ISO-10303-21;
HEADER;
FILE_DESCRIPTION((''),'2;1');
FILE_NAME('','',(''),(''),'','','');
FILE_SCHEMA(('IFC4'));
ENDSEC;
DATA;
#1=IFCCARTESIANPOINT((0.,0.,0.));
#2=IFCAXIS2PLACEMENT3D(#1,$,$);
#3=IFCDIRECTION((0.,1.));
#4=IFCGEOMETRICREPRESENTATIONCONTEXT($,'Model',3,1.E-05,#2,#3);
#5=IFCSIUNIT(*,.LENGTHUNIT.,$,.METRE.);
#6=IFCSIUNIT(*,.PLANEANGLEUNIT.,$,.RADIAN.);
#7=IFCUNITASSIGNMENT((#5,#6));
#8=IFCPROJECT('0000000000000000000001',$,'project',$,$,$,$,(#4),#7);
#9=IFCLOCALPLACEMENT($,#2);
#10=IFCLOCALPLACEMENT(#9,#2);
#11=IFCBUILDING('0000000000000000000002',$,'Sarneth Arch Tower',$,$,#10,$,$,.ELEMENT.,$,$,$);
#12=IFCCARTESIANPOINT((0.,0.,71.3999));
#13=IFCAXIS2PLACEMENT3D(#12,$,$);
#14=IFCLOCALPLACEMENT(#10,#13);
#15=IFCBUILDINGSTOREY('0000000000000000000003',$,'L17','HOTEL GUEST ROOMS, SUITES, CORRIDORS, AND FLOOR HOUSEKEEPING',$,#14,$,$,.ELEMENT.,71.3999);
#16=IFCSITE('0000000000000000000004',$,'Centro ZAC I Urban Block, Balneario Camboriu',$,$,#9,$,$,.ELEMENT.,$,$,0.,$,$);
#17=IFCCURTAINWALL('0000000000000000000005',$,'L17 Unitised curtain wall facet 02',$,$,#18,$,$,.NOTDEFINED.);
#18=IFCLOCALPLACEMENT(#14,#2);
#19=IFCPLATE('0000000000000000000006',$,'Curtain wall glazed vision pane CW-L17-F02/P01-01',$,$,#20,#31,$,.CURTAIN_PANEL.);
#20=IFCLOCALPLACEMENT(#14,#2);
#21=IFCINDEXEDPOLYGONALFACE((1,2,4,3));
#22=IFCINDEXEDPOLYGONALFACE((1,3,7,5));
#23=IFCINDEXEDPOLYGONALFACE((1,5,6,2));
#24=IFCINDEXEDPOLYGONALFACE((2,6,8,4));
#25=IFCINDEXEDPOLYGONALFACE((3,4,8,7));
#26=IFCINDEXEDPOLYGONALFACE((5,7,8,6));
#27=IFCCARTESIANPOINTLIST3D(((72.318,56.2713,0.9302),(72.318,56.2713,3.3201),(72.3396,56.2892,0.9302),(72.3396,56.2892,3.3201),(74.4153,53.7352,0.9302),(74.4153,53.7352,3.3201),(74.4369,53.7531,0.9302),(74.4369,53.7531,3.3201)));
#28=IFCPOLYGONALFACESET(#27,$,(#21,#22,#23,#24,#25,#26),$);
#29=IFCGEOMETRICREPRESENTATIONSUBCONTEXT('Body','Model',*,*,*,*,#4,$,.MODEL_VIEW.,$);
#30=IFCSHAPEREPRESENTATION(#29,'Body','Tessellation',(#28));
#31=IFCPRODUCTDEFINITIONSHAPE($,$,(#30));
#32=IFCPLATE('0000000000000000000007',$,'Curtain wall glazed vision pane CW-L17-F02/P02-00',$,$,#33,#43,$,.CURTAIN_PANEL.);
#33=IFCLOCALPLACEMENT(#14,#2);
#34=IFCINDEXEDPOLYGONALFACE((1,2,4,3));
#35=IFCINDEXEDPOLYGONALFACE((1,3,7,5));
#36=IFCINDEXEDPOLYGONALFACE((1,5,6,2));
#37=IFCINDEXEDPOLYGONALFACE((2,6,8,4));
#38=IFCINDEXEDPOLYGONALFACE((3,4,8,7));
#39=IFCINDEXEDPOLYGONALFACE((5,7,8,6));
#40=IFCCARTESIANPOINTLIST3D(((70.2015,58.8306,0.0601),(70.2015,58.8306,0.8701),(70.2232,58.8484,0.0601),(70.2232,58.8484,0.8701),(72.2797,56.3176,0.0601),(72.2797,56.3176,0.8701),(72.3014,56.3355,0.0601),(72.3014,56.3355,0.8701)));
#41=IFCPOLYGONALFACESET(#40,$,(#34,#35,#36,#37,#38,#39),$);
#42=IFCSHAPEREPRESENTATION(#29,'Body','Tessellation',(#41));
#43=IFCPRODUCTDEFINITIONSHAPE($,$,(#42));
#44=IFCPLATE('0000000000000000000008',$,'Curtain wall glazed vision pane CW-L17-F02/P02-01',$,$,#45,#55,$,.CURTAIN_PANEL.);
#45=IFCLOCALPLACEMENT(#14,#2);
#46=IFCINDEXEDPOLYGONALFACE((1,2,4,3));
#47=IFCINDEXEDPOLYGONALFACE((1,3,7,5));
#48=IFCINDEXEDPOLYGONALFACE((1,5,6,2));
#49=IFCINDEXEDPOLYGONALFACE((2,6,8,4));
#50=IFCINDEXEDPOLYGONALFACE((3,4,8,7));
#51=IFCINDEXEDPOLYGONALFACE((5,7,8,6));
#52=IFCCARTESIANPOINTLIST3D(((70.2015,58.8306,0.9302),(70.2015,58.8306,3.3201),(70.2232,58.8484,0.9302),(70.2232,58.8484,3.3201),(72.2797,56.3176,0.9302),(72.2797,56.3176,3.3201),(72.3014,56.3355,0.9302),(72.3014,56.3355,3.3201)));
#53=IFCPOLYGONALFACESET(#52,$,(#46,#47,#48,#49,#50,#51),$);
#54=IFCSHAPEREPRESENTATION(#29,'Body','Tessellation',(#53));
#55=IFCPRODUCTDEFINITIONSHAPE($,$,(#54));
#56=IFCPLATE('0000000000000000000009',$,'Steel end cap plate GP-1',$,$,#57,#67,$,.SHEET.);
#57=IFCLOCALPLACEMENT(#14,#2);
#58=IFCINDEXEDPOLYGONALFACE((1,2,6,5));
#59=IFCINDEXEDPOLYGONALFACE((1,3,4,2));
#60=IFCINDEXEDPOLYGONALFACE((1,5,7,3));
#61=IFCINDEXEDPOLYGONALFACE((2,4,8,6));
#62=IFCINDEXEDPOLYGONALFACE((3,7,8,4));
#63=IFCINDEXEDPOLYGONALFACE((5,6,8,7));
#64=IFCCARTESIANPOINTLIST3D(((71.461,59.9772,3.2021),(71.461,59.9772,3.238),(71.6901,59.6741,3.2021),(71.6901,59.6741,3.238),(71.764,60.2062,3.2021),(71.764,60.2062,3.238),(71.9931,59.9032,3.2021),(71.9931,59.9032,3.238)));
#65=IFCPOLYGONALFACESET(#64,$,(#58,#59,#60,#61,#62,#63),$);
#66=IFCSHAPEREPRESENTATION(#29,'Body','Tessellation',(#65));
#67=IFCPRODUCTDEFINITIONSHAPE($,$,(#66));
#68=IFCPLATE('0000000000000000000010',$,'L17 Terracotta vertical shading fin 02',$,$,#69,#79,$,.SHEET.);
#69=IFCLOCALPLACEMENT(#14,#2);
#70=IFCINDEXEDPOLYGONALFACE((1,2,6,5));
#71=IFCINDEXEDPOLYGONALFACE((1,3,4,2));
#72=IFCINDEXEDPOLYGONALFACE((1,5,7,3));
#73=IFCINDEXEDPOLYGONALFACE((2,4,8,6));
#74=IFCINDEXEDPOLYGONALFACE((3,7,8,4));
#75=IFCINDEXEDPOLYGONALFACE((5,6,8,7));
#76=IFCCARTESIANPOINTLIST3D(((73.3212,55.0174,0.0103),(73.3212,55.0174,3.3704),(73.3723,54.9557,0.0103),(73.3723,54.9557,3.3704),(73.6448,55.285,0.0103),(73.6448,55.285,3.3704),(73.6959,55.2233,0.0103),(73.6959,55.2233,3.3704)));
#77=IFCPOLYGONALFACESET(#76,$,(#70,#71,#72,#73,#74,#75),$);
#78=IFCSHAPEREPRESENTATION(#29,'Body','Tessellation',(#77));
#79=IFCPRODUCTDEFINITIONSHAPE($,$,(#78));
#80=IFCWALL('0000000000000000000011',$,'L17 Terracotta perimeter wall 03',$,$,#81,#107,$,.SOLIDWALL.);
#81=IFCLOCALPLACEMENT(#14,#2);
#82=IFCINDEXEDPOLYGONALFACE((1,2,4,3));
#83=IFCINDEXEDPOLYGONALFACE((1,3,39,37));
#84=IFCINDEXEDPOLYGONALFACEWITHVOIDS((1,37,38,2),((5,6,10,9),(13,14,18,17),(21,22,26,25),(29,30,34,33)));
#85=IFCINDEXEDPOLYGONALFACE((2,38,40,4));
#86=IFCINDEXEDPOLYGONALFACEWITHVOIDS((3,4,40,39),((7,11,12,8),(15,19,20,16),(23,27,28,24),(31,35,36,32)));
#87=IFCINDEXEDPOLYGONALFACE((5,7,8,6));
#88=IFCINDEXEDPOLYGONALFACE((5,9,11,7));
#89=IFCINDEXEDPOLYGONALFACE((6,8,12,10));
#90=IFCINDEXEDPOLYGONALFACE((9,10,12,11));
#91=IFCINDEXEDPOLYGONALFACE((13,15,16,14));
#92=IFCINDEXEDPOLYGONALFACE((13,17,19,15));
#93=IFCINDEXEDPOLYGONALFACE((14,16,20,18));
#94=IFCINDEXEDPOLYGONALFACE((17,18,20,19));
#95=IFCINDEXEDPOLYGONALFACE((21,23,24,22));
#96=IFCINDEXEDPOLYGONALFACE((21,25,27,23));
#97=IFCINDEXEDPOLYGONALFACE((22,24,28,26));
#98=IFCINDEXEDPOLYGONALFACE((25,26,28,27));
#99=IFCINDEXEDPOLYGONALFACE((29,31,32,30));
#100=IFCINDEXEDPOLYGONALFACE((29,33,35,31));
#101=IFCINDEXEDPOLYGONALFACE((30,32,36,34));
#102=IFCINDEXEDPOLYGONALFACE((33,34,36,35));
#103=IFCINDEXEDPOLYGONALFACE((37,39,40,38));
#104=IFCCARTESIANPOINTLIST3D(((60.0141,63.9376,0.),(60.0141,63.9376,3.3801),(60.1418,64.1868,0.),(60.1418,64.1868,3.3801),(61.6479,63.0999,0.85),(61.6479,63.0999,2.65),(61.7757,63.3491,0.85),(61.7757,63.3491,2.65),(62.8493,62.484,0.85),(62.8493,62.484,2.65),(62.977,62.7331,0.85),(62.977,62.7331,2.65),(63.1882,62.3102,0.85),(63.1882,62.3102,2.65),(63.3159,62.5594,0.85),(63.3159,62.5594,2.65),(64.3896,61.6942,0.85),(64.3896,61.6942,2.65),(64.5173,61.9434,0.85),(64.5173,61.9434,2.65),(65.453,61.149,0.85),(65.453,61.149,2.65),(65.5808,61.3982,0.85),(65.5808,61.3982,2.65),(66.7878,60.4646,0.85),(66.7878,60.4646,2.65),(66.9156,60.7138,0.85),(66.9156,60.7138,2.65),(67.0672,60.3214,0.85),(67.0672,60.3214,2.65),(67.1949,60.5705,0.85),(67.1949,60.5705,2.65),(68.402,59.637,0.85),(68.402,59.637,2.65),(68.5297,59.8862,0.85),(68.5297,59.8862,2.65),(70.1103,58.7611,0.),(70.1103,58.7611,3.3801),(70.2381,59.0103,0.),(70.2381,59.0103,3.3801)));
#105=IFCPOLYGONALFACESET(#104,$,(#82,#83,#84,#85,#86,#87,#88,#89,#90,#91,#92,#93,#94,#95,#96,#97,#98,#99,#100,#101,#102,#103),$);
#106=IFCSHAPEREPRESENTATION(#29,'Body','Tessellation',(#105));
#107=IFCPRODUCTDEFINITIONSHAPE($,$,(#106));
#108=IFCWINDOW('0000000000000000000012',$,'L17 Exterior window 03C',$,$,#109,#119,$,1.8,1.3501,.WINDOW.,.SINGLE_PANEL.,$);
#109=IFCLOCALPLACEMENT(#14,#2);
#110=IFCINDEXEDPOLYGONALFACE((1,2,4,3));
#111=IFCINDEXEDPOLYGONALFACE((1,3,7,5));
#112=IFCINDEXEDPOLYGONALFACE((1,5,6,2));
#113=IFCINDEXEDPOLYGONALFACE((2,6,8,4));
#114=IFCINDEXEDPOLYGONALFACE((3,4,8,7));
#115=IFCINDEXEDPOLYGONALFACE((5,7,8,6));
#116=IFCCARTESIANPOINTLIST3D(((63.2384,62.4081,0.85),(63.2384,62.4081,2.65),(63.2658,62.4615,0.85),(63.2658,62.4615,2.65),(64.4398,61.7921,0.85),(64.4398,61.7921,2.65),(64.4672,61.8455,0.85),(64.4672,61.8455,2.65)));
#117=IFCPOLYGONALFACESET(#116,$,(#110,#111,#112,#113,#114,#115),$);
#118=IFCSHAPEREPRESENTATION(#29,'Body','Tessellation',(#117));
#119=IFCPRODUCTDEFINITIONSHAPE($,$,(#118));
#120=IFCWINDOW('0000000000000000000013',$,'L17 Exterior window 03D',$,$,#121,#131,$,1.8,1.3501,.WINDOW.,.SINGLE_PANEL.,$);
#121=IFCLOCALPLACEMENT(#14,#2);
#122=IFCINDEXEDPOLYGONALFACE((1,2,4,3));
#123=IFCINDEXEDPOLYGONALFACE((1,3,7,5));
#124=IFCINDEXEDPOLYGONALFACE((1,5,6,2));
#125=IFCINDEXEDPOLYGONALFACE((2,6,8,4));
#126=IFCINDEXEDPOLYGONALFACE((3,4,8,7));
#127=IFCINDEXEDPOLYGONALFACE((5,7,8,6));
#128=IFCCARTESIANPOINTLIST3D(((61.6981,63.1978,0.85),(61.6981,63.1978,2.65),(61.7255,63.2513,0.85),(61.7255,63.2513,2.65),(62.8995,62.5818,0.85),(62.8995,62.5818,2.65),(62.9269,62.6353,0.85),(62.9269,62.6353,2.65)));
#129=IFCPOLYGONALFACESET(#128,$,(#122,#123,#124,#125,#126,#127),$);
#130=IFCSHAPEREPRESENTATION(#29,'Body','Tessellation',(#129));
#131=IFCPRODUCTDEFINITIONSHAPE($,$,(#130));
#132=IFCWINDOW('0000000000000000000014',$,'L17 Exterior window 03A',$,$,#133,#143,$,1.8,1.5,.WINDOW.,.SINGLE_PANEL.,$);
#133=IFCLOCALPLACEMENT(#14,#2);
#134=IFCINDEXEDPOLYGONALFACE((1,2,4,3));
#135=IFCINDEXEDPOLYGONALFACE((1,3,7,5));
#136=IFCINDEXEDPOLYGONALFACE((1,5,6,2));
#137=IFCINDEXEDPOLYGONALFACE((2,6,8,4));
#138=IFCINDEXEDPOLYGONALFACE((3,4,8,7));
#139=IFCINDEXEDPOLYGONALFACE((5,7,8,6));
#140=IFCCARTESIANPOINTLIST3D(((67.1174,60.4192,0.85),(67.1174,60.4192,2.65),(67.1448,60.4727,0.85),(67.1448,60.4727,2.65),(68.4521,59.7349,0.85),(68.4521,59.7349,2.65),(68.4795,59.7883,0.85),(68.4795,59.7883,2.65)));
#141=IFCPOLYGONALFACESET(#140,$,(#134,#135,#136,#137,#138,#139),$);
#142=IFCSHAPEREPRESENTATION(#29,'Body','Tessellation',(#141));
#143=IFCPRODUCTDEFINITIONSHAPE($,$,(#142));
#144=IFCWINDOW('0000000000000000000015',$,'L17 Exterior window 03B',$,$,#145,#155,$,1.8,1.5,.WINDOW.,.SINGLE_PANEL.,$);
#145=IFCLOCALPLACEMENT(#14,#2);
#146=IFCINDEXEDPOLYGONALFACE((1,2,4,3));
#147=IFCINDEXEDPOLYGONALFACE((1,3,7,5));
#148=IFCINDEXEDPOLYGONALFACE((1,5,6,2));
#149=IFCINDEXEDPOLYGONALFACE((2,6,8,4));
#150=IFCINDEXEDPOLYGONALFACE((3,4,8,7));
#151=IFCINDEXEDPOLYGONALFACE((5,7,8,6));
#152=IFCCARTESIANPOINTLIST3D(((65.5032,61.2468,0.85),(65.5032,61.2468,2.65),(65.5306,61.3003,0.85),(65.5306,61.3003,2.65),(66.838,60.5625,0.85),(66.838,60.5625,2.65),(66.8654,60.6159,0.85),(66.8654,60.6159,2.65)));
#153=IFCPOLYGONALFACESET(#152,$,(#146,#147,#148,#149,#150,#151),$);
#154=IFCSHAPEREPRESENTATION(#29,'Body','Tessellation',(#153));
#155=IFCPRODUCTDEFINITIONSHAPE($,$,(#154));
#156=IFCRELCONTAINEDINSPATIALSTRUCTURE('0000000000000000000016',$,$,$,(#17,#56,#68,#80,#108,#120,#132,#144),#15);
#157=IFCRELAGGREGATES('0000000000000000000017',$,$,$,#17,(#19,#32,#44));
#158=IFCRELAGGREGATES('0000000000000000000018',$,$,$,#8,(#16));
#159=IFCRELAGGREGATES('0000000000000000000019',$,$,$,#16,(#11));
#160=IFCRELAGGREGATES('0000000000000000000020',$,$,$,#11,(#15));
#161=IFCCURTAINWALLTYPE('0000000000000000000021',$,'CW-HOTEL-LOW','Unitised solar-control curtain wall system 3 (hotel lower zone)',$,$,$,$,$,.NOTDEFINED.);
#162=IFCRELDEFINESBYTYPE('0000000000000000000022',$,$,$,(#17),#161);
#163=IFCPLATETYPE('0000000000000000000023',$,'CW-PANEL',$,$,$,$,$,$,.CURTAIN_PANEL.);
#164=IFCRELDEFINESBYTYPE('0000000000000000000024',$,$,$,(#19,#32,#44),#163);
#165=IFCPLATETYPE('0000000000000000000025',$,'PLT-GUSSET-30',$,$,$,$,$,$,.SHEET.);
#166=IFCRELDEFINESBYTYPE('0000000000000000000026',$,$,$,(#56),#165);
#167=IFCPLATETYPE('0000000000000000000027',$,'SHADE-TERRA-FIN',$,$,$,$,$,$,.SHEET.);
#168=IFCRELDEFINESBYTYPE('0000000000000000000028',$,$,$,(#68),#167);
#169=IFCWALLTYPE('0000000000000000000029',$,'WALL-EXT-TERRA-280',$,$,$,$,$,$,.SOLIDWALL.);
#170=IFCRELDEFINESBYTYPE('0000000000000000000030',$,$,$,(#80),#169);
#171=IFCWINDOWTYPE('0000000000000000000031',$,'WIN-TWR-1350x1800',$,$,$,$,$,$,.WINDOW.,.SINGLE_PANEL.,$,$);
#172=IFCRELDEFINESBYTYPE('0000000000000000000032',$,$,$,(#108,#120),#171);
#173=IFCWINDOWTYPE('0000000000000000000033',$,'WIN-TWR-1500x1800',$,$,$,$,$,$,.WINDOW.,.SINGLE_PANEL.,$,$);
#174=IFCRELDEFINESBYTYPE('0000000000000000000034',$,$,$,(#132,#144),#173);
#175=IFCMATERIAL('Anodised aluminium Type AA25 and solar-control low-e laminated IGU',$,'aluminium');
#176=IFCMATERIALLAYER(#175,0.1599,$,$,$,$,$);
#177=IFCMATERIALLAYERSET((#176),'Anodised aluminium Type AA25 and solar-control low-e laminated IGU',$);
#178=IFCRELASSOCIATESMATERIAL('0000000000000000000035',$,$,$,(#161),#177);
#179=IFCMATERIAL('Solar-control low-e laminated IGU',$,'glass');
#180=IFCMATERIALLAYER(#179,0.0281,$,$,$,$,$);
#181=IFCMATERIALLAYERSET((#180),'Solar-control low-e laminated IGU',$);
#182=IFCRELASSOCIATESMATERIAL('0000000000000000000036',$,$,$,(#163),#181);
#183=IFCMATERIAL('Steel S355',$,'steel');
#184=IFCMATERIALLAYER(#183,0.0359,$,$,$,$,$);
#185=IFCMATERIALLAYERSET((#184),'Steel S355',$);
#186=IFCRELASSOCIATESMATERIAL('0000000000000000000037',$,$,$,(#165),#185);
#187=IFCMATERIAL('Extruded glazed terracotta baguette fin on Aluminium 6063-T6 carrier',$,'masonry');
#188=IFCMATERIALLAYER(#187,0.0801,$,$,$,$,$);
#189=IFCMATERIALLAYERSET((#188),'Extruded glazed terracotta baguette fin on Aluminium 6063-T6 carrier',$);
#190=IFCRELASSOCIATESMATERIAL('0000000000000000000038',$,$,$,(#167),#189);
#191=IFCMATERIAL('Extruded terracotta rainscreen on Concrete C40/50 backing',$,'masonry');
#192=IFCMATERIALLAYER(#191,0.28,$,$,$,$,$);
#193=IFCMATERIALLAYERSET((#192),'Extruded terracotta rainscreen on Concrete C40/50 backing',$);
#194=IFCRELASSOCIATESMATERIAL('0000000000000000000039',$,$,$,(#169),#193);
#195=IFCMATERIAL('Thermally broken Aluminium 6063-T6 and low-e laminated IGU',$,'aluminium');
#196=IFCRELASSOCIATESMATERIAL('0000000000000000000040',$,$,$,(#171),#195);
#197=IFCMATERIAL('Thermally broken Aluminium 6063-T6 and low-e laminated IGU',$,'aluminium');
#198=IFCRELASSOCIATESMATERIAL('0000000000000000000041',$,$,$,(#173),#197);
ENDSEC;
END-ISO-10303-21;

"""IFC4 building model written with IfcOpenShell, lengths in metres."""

from ifc_helpers import new_model, si_unit, direction, frame, frame_2d, origin, origin_2d, place, context, subcontext, project, spatial, rectangle, extrude, material, layer, layer_set, type_object, element, fill, aggregate, save


model = new_model("IFC4")

# Units and contexts
model_context = context("Model", 3, precision=1e-05, world=origin(), true_north=direction((0.0, 1.0)))
body_context = subcontext(model_context, "Body", "Model", "MODEL_VIEW")
ifc_project = project(units=[si_unit("LENGTHUNIT", "METRE"), si_unit("PLANEANGLEUNIT", "RADIAN")], contexts=[model_context])

# Site, building, storey
site_placement = place(None, origin())
site = spatial("IfcSite", under=ifc_project, at=site_placement, Name="Centro ZAC I Urban Block, Balneario Camboriu", CompositionType="ELEMENT", RefElevation=0.0)
building_placement = place(site_placement, origin())
building = spatial("IfcBuilding", under=site, at=building_placement, Name="Sarneth Arch Tower", CompositionType="ELEMENT")
storey_placement = place(building_placement, frame((0.0, 0.0, 71.3999)))
storey = spatial("IfcBuildingStorey", under=building, at=storey_placement, Name="L17", Description="HOTEL GUEST ROOMS, SUITES, CORRIDORS, AND FLOOR HOUSEKEEPING", CompositionType="ELEMENT", Elevation=71.3999)

# Curtain wall
ifc_material_1 = material(Name="Anodised aluminium Type AA25 and solar-control low-e laminated IGU", Category="aluminium")
ifc_layer_1 = layer(ifc_material_1, 0.1599)
ifc_layer_set_1 = layer_set([ifc_layer_1], Name="Anodised aluminium Type AA25 and solar-control low-e laminated IGU")
curtain_wall_type = type_object("IfcCurtainWallType", Name="CW-HOTEL-LOW", Description="Unitised solar-control curtain wall system 3 (hotel lower zone)", PredefinedType="NOTDEFINED", material=ifc_layer_set_1)
curtain_wall_placement = place(storey_placement, origin())
curtain_wall = element("IfcCurtainWall", 1, at=curtain_wall_placement, inside=storey, type_object=curtain_wall_type, Name="L17 Unitised curtain wall facet 02", PredefinedType="NOTDEFINED")

# Plates
ifc_material_2 = material(Name="Solar-control low-e laminated IGU", Category="glass")
ifc_layer_2 = layer(ifc_material_2, 0.0281)
ifc_layer_set_2 = layer_set([ifc_layer_2], Name="Solar-control low-e laminated IGU")
plate_type_1 = type_object("IfcPlateType", Name="CW-PANEL", PredefinedType="CURTAIN_PANEL", material=ifc_layer_set_2)
plate_1_placement = place(storey_placement, frame((73.3774, 55.0122, 0.9302), z_axis=(0.0, 0.0, 1.0), x_axis=(-0.637291, 0.770623, 0.0)))
plate_1 = element("IfcPlate", 2, at=plate_1_placement, type_object=plate_type_1, Name="Curtain wall glazed vision pane CW-L17-F02/P01-01", PredefinedType="CURTAIN_PANEL", context=body_context, shape_type="SweptSolid", body=[
    extrude(rectangle(XDim=3.291, YDim=0.0281, at=origin_2d()), origin(), (0.0, 0.0, 1.0), 2.3899),
])
plate_2_placement = place(storey_placement, frame((71.2515, 57.583, 0.0601), z_axis=(0.0, 0.0, 1.0), x_axis=(-0.637291, 0.770623, 0.0)))
plate_2 = element("IfcPlate", 3, at=plate_2_placement, type_object=plate_type_1, Name="Curtain wall glazed vision pane CW-L17-F02/P02-00", PredefinedType="CURTAIN_PANEL", context=body_context, shape_type="SweptSolid", body=[
    extrude(rectangle(XDim=3.261, YDim=0.0281, at=origin_2d()), origin(), (0.0, 0.0, 1.0), 0.8101),
])
plate_3_placement = place(storey_placement, frame((71.2515, 57.583, 0.9302), z_axis=(0.0, 0.0, 1.0), x_axis=(-0.637291, 0.770623, 0.0)))
plate_3 = element("IfcPlate", 4, at=plate_3_placement, type_object=plate_type_1, Name="Curtain wall glazed vision pane CW-L17-F02/P02-01", PredefinedType="CURTAIN_PANEL", context=body_context, shape_type="SweptSolid", body=[
    extrude(rectangle(XDim=3.261, YDim=0.0281, at=origin_2d()), origin(), (0.0, 0.0, 1.0), 2.3899),
])
aggregate(curtain_wall, [plate_1, plate_2, plate_3])

# Plates
ifc_material_3 = material(Name="Steel S355", Category="steel")
ifc_layer_3 = layer(ifc_material_3, 0.0359)
ifc_layer_set_3 = layer_set([ifc_layer_3], Name="Steel S355")
plate_type_2 = type_object("IfcPlateType", Name="PLT-GUSSET-30", PredefinedType="SHEET", material=ifc_layer_set_3)
plate_4_placement = place(storey_placement, frame((71.7271, 59.9402, 3.2021), z_axis=(0.0, 0.0, 1.0), x_axis=(0.797689, 0.603069, 0.0)))
element("IfcPlate", 5, at=plate_4_placement, inside=storey, type_object=plate_type_2, Name="Steel end cap plate GP-1", PredefinedType="SHEET", context=body_context, shape_type="SweptSolid", body=[
    extrude(rectangle(XDim=0.3799, YDim=0.3799, at=origin_2d()), origin(), (0.0, 0.0, 1.0), 0.0359),
])
ifc_material_4 = material(Name="Extruded glazed terracotta baguette fin on Aluminium 6063-T6 carrier", Category="masonry")
ifc_layer_4 = layer(ifc_material_4, 0.0801)
ifc_layer_set_4 = layer_set([ifc_layer_4], Name="Extruded glazed terracotta baguette fin on Aluminium 6063-T6 carrier")
plate_type_3 = type_object("IfcPlateType", Name="SHADE-TERRA-FIN", PredefinedType="SHEET", material=ifc_layer_set_4)
plate_5_placement = place(storey_placement, frame((73.5085, 55.1204, 0.0103), z_axis=(0.0, 0.0, 1.0), x_axis=(0.770624, 0.63729, 0.0)))
element("IfcPlate", 6, at=plate_5_placement, inside=storey, type_object=plate_type_3, Name="L17 Terracotta vertical shading fin 02", PredefinedType="SHEET", context=body_context, shape_type="SweptSolid", body=[
    extrude(rectangle(XDim=0.4199, YDim=0.0801, at=origin_2d()), origin(), (0.0, 0.0, 1.0), 3.3601),
])

# Wall, openings, windows
ifc_material_5 = material(Name="Extruded terracotta rainscreen on Concrete C40/50 backing", Category="masonry")
ifc_layer_5 = layer(ifc_material_5, 0.28)
ifc_layer_set_5 = layer_set([ifc_layer_5], Name="Extruded terracotta rainscreen on Concrete C40/50 backing")
wall_type = type_object("IfcWallType", Name="WALL-EXT-TERRA-280", PredefinedType="SOLIDWALL", material=ifc_layer_set_5)
wall_placement = place(storey_placement, frame((70.1741, 58.8857, 0.0), z_axis=(0.0, 0.0, 1.0), x_axis=(-0.889854, 0.456245, 0.0)))
wall = element("IfcWall", 7, at=wall_placement, inside=storey, type_object=wall_type, Name="L17 Terracotta perimeter wall 03", PredefinedType="SOLIDWALL", context=body_context, shape_type="SweptSolid", body=[
    extrude(rectangle(XDim=11.3459, YDim=0.28, at=frame_2d((5.6729, 0.0))), origin(), (0.0, 0.0, 1.0), 3.3801),
])
opening_1_placement = place(wall_placement, frame((1.9197, 0.0, 0.8501)))
opening_1 = element("IfcOpeningElement", 8, at=opening_1_placement, cuts=wall, PredefinedType="OPENING", context=body_context, shape_type="SweptSolid", body=[
    extrude(rectangle(XDim=1.5, YDim=1.8, at=frame_2d((0.75, 0.8999))), frame((0.0, 0.1499, 0.0), z_axis=(0.0, -1.0, 0.0), x_axis=(1.0, 0.0, 0.0)), (0.0, 0.0, 1.0), 0.3),
])
opening_2_placement = place(wall_placement, frame((3.7336, 0.0, 0.8501)))
opening_2 = element("IfcOpeningElement", 9, at=opening_2_placement, cuts=wall, PredefinedType="OPENING", context=body_context, shape_type="SweptSolid", body=[
    extrude(rectangle(XDim=1.5, YDim=1.8, at=frame_2d((0.75, 0.8999))), frame((0.0, 0.1499, 0.0), z_axis=(0.0, -1.0, 0.0), x_axis=(1.0, 0.0, 0.0)), (0.0, 0.0, 1.0), 0.3),
])
opening_3_placement = place(wall_placement, frame((6.4287, 0.0, 0.8501)))
opening_3 = element("IfcOpeningElement", 10, at=opening_3_placement, cuts=wall, PredefinedType="OPENING", context=body_context, shape_type="SweptSolid", body=[
    extrude(rectangle(XDim=1.3501, YDim=1.8, at=frame_2d((0.675, 0.8999))), frame((0.0, 0.1499, 0.0), z_axis=(0.0, -1.0, 0.0), x_axis=(1.0, 0.0, 0.0)), (0.0, 0.0, 1.0), 0.3),
])
opening_4_placement = place(wall_placement, frame((8.1597, 0.0, 0.8501)))
opening_4 = element("IfcOpeningElement", 11, at=opening_4_placement, cuts=wall, PredefinedType="OPENING", context=body_context, shape_type="SweptSolid", body=[
    extrude(rectangle(XDim=1.3501, YDim=1.8, at=frame_2d((0.675, 0.8999))), frame((0.0, 0.1499, 0.0), z_axis=(0.0, -1.0, 0.0), x_axis=(1.0, 0.0, 0.0)), (0.0, 0.0, 1.0), 0.3),
])
ifc_material_6 = material(Name="Thermally broken Aluminium 6063-T6 and low-e laminated IGU", Category="aluminium")
window_type_1 = type_object("IfcWindowType", Name="WIN-TWR-1350x1800", PartitioningType="SINGLE_PANEL", PredefinedType="WINDOW", material=ifc_material_6)
window_1_placement = place(opening_3_placement, origin())
window_1 = element("IfcWindow", 12, at=window_1_placement, inside=storey, type_object=window_type_1, Name="L17 Exterior window 03C", OverallHeight=1.8, OverallWidth=1.3501, PartitioningType="SINGLE_PANEL", PredefinedType="WINDOW", context=body_context, shape_type="SweptSolid", body=[
    extrude(rectangle(XDim=1.3501, YDim=1.8, at=frame_2d((0.675, 0.8999))), frame((0.0, 0.03, 0.0), z_axis=(0.0, -1.0, 0.0), x_axis=(1.0, 0.0, 0.0)), (0.0, 0.0, 1.0), 0.0601),
])
fill(opening_3, window_1)
window_2_placement = place(opening_4_placement, origin())
window_2 = element("IfcWindow", 13, at=window_2_placement, inside=storey, type_object=window_type_1, Name="L17 Exterior window 03D", OverallHeight=1.8, OverallWidth=1.3501, PartitioningType="SINGLE_PANEL", PredefinedType="WINDOW", context=body_context, shape_type="SweptSolid", body=[
    extrude(rectangle(XDim=1.3501, YDim=1.8, at=frame_2d((0.675, 0.8999))), frame((0.0, 0.03, 0.0), z_axis=(0.0, -1.0, 0.0), x_axis=(1.0, 0.0, 0.0)), (0.0, 0.0, 1.0), 0.0601),
])
fill(opening_4, window_2)
ifc_material_7 = material(Name="Thermally broken Aluminium 6063-T6 and low-e laminated IGU", Category="aluminium")
window_type_2 = type_object("IfcWindowType", Name="WIN-TWR-1500x1800", PartitioningType="SINGLE_PANEL", PredefinedType="WINDOW", material=ifc_material_7)
window_3_placement = place(opening_1_placement, origin())
window_3 = element("IfcWindow", 14, at=window_3_placement, inside=storey, type_object=window_type_2, Name="L17 Exterior window 03A", OverallHeight=1.8, OverallWidth=1.5, PartitioningType="SINGLE_PANEL", PredefinedType="WINDOW", context=body_context, shape_type="SweptSolid", body=[
    extrude(rectangle(XDim=1.5, YDim=1.8, at=frame_2d((0.75, 0.8999))), frame((0.0, 0.03, 0.0), z_axis=(0.0, -1.0, 0.0), x_axis=(1.0, 0.0, 0.0)), (0.0, 0.0, 1.0), 0.0601),
])
fill(opening_1, window_3)
window_4_placement = place(opening_2_placement, origin())
window_4 = element("IfcWindow", 15, at=window_4_placement, inside=storey, type_object=window_type_2, Name="L17 Exterior window 03B", OverallHeight=1.8, OverallWidth=1.5, PartitioningType="SINGLE_PANEL", PredefinedType="WINDOW", context=body_context, shape_type="SweptSolid", body=[
    extrude(rectangle(XDim=1.5, YDim=1.8, at=frame_2d((0.75, 0.8999))), frame((0.0, 0.03, 0.0), z_axis=(0.0, -1.0, 0.0), x_axis=(1.0, 0.0, 0.0)), (0.0, 0.0, 1.0), 0.0601),
])
fill(opening_2, window_4)

save(model, "model.ifc")
